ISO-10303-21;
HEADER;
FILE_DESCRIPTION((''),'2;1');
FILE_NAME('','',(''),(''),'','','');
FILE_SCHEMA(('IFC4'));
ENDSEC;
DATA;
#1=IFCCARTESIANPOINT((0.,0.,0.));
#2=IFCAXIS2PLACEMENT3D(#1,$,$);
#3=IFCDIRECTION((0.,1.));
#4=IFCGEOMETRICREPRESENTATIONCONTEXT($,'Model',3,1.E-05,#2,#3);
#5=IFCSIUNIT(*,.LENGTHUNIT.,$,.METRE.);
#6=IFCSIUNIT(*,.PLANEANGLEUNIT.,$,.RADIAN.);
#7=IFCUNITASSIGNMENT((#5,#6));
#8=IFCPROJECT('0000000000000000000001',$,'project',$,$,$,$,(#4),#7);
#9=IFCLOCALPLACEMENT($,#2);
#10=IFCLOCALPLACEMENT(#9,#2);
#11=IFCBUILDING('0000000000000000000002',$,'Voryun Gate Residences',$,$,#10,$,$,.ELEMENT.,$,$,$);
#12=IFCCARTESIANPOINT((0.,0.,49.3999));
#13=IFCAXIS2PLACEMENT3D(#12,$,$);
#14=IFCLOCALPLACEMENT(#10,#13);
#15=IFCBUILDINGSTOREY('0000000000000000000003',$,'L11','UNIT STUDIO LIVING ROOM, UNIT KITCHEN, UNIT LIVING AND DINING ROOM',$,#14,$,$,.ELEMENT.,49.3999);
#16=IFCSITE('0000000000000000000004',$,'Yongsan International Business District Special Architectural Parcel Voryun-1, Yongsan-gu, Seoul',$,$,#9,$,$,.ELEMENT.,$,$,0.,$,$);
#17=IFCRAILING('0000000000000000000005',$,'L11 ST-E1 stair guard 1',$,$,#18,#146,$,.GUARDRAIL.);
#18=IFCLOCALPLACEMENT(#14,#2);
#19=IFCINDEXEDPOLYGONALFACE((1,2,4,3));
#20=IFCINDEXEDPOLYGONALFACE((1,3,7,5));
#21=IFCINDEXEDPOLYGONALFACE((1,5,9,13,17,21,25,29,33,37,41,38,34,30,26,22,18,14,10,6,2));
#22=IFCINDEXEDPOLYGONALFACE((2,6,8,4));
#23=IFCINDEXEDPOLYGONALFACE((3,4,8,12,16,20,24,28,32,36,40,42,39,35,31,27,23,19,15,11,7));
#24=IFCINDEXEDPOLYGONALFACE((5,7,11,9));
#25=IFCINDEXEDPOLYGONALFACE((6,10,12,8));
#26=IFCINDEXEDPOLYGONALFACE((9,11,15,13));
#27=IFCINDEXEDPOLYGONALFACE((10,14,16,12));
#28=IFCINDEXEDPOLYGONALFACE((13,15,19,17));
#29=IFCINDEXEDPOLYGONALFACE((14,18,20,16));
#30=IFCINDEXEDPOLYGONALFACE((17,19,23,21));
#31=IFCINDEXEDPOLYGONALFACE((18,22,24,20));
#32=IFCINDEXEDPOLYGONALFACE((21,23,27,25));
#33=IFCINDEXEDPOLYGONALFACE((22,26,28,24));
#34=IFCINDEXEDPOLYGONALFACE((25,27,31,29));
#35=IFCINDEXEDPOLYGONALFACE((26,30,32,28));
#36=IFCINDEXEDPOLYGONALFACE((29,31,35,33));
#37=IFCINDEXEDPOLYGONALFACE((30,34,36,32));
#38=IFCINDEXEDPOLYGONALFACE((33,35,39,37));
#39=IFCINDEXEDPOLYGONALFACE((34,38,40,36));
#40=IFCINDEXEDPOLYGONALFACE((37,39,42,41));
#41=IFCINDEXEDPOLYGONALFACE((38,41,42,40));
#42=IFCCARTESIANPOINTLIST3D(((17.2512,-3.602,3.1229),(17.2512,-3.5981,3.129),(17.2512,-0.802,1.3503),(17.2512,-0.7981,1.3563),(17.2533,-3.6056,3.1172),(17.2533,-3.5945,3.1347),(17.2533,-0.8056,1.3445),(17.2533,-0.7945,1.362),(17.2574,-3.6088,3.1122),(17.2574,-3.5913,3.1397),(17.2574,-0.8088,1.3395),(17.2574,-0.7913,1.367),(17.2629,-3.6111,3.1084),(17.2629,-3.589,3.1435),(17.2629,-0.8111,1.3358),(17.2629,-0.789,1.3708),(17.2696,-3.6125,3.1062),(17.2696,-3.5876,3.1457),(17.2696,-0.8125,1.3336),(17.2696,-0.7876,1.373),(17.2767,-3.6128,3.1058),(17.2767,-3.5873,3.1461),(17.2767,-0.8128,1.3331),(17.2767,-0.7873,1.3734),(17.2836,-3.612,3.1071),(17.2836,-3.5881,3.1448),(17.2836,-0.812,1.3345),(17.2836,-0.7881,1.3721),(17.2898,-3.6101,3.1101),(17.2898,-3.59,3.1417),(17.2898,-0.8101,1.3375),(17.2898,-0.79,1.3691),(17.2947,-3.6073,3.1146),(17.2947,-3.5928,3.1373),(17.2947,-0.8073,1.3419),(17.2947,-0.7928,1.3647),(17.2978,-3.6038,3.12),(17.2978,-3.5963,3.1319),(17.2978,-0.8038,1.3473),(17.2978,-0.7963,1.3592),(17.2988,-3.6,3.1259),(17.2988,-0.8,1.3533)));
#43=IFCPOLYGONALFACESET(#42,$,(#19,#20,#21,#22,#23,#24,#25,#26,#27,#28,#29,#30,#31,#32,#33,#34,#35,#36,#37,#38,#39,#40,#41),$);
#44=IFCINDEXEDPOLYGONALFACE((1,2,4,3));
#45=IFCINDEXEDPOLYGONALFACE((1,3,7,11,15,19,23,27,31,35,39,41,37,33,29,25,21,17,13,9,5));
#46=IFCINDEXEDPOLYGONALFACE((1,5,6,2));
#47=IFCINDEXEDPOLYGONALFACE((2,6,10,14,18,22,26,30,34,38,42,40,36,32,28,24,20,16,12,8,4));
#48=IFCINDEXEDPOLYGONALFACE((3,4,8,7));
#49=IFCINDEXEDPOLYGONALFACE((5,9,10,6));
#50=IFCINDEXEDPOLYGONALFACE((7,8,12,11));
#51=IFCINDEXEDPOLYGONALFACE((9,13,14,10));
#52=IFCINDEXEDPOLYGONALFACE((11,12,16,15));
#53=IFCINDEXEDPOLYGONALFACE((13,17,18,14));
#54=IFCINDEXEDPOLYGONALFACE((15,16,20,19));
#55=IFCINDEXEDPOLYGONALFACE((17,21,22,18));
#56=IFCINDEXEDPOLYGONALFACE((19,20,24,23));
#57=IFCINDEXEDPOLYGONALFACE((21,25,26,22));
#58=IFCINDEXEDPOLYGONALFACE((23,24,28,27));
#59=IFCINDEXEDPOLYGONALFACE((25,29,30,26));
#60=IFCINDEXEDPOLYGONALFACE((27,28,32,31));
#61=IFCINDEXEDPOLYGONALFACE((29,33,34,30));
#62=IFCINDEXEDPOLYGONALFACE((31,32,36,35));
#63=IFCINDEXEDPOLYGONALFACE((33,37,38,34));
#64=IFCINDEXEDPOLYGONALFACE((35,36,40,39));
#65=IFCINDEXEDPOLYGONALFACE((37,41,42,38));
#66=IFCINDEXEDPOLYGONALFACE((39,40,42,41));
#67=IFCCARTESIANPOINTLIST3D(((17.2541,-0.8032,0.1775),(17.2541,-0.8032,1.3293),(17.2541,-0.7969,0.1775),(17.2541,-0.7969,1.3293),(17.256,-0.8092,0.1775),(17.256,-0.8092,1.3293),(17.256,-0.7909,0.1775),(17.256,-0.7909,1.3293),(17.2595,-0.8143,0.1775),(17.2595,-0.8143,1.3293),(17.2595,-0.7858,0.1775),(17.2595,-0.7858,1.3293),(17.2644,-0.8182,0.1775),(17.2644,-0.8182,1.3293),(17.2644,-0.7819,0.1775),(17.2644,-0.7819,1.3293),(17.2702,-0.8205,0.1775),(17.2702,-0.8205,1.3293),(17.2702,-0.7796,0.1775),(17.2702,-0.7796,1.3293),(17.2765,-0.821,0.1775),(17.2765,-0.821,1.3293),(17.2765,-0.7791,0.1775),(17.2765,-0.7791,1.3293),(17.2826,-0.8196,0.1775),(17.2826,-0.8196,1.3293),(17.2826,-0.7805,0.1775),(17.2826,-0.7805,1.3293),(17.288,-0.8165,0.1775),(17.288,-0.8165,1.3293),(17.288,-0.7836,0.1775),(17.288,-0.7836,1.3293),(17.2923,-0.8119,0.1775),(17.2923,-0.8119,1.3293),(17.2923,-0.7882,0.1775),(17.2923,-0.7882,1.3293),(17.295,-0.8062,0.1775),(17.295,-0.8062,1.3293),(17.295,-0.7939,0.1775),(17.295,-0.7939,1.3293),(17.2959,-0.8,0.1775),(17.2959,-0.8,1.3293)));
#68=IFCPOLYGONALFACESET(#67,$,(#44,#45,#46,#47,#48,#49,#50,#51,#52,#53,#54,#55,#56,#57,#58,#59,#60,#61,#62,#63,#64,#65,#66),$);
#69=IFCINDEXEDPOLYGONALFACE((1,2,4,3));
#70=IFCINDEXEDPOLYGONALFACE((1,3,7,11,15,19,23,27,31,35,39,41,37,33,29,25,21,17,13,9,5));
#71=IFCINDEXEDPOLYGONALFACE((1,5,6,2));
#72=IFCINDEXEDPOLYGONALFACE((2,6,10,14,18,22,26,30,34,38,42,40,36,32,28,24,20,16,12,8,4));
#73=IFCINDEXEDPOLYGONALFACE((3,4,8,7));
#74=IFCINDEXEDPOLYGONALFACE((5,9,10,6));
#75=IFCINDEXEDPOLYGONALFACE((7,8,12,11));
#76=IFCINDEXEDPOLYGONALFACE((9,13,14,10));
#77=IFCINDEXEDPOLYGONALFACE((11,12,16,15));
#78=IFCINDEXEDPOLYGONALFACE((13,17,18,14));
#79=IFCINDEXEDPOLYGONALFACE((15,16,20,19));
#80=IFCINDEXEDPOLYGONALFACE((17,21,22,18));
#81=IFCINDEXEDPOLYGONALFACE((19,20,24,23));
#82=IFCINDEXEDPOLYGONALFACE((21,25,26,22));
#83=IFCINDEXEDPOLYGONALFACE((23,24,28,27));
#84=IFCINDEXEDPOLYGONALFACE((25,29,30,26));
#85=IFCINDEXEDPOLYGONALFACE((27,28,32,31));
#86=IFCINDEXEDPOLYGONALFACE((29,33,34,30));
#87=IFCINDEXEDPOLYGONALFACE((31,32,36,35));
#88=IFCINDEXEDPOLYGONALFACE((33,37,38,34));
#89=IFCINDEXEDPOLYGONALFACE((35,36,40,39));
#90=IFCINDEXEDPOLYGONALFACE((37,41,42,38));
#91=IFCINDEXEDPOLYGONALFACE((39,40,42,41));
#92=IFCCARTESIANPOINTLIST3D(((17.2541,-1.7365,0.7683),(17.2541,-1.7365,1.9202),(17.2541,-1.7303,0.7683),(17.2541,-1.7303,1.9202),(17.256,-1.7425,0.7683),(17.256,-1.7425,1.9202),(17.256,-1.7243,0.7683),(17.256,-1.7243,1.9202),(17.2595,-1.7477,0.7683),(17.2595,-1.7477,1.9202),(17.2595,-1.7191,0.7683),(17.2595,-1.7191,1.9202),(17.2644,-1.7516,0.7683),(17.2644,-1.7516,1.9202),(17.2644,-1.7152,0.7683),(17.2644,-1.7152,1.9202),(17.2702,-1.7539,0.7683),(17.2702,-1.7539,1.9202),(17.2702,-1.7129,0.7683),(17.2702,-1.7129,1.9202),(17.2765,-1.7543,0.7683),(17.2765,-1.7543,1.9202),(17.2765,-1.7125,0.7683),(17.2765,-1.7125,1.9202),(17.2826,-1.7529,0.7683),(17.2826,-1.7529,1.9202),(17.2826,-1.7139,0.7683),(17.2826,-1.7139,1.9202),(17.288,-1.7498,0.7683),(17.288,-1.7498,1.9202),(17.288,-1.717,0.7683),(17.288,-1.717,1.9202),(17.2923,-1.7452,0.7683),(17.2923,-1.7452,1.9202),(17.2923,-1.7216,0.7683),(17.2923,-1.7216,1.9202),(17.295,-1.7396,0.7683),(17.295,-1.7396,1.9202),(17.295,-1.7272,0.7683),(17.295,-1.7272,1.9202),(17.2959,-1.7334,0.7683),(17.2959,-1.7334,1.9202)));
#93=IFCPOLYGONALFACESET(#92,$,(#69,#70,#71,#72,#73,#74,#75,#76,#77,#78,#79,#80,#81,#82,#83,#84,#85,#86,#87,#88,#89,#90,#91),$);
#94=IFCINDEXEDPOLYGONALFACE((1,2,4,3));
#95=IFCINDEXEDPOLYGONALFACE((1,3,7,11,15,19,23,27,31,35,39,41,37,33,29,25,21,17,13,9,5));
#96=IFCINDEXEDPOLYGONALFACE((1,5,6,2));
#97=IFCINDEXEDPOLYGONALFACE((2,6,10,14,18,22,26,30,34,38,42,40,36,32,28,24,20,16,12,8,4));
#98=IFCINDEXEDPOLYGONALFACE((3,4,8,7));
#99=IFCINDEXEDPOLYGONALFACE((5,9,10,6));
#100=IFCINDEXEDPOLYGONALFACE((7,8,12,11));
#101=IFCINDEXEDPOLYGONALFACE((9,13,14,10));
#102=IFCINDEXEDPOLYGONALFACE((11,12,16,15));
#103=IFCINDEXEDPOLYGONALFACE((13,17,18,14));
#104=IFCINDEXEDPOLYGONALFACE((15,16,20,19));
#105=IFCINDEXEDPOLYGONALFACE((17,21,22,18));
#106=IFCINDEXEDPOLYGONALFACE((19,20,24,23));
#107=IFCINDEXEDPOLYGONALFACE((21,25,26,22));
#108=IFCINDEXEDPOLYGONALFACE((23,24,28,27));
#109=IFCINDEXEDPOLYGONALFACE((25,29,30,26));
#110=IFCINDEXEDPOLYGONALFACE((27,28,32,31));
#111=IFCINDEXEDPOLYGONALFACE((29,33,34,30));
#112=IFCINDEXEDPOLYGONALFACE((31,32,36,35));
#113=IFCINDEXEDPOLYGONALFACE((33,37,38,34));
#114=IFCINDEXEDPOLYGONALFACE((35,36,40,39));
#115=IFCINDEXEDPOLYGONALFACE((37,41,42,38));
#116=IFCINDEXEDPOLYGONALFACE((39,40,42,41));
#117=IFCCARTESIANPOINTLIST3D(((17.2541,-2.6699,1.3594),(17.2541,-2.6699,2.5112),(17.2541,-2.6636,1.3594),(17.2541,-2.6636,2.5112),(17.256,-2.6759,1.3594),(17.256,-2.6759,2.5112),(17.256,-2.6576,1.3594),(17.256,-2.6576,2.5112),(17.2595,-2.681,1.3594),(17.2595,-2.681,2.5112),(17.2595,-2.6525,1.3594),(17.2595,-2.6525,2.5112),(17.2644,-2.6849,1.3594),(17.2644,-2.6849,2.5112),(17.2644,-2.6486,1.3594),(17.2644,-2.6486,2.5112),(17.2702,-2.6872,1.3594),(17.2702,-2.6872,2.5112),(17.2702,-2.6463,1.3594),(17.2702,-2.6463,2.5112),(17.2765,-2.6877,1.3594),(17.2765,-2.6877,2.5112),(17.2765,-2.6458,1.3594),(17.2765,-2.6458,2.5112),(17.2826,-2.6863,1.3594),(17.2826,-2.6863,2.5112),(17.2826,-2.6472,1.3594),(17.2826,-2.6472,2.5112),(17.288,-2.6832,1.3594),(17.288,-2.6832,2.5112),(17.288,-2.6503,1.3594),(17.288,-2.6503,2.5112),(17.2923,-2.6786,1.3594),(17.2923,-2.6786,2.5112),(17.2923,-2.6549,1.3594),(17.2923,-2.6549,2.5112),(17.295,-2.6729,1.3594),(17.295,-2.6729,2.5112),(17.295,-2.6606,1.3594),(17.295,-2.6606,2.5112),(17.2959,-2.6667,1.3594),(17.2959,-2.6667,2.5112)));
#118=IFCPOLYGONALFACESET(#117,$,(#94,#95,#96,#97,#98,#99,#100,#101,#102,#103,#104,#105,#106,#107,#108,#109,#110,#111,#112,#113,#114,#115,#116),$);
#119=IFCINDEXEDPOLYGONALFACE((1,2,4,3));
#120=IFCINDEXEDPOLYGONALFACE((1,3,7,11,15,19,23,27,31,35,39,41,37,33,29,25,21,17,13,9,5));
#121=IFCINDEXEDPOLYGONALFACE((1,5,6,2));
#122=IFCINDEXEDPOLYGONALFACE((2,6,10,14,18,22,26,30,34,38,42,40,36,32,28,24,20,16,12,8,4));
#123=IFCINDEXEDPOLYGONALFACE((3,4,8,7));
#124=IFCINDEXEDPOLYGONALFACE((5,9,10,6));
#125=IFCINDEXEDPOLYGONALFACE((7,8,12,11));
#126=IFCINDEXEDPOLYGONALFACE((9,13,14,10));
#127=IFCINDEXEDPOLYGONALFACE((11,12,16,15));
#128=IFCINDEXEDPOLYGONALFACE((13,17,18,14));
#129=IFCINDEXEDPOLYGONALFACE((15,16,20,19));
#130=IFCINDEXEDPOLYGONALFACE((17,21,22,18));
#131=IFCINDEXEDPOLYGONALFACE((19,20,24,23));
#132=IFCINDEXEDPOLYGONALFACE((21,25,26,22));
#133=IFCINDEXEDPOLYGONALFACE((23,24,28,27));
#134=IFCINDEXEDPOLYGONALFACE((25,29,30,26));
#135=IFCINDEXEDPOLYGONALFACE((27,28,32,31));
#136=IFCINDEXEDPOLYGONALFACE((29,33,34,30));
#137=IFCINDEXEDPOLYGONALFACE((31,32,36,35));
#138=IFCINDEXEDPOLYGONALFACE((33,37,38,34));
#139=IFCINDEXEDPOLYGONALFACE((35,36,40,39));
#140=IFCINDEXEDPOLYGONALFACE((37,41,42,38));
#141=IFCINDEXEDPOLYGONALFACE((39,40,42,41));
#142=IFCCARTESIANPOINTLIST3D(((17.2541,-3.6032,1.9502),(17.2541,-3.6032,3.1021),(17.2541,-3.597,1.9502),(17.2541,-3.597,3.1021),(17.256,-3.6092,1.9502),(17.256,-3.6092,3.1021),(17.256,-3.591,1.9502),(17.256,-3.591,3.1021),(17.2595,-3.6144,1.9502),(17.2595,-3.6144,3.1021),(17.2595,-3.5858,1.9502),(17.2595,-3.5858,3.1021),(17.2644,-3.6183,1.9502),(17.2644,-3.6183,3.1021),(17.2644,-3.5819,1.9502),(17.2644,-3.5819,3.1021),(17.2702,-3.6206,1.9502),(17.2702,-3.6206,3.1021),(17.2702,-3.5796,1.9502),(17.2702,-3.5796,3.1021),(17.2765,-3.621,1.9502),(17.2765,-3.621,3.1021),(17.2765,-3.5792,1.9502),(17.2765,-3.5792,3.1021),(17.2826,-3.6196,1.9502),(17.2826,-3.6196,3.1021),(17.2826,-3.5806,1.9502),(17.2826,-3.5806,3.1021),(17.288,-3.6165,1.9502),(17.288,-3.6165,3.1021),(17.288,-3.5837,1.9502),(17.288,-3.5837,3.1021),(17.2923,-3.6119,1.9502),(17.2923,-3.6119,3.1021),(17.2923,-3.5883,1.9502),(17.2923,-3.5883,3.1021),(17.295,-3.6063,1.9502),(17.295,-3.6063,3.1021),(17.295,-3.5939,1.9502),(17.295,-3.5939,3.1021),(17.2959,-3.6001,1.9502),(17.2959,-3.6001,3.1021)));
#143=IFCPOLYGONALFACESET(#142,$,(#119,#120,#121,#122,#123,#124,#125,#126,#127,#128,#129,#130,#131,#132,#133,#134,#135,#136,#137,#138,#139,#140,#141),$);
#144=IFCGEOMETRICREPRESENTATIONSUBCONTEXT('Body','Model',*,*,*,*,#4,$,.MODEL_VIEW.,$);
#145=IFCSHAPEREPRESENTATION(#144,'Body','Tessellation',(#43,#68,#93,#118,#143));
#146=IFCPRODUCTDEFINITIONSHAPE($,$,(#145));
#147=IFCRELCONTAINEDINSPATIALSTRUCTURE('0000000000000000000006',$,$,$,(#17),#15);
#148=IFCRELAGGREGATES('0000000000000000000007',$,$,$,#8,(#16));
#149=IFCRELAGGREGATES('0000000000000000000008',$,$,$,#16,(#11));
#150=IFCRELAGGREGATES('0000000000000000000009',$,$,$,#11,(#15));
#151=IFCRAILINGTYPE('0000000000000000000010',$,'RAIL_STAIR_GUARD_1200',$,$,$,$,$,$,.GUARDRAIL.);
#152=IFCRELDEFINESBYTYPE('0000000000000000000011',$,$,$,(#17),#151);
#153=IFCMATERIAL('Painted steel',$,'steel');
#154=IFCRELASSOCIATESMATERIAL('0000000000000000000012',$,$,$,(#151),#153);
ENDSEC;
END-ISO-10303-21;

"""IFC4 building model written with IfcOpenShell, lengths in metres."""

from ifc_helpers import new_model, si_unit, direction, frame, origin, origin_2d, place, context, subcontext, project, spatial, circle, extrude, material, type_object, element, save


model = new_model("IFC4")

# Units and contexts
model_context = context("Model", 3, precision=1e-05, world=origin(), true_north=direction((0.0, 1.0)))
body_context = subcontext(model_context, "Body", "Model", "MODEL_VIEW")
ifc_project = project(units=[si_unit("LENGTHUNIT", "METRE"), si_unit("PLANEANGLEUNIT", "RADIAN")], contexts=[model_context])

# Site, building, storey
site_placement = place(None, origin())
site = spatial("IfcSite", under=ifc_project, at=site_placement, Name="Yongsan International Business District Special Architectural Parcel Voryun-1, Yongsan-gu, Seoul", CompositionType="ELEMENT", RefElevation=0.0)
building_placement = place(site_placement, origin())
building = spatial("IfcBuilding", under=site, at=building_placement, Name="Voryun Gate Residences", CompositionType="ELEMENT")
storey_placement = place(building_placement, frame((0.0, 0.0, 49.3999)))
storey = spatial("IfcBuildingStorey", under=building, at=storey_placement, Name="L11", Description="UNIT STUDIO LIVING ROOM, UNIT KITCHEN, UNIT LIVING AND DINING ROOM", CompositionType="ELEMENT", Elevation=49.3999)

# Railing
ifc_material_1 = material(Name="Painted steel", Category="steel")
railing_type = type_object("IfcRailingType", Name="RAIL_STAIR_GUARD_1200", PredefinedType="GUARDRAIL", material=ifc_material_1)
railing_1_placement = place(storey_placement, frame((17.2749, -0.8, 0.1775)))
element("IfcRailing", 1, at=railing_1_placement, inside=storey, type_object=railing_type, Name="L11 ST-E1 stair guard 1", PredefinedType="GUARDRAIL", context=body_context, shape_type="SweptSolid", body=[
    extrude(circle(Radius=0.0239, at=origin_2d()), frame((0.0, 0.0, 1.1758), z_axis=(0.0, -0.844909, 0.53491), x_axis=(1.0, 0.0, 0.0)), (0.0, 0.0, 1.0), 3.314),
    extrude(circle(Radius=0.021, at=origin_2d()), origin(), (0.0, 0.0, 1.0), 1.1519),
    extrude(circle(Radius=0.021, at=origin_2d()), frame((0.0, -0.9333, 0.5908)), (0.0, 0.0, 1.0), 1.1519),
    extrude(circle(Radius=0.021, at=origin_2d()), frame((0.0, -1.8667, 1.1819)), (0.0, 0.0, 1.0), 1.1519),
    extrude(circle(Radius=0.021, at=origin_2d()), frame((0.0, -2.8, 1.7727)), (0.0, 0.0, 1.0), 1.1519),
])

save(model, "model.ifc")
